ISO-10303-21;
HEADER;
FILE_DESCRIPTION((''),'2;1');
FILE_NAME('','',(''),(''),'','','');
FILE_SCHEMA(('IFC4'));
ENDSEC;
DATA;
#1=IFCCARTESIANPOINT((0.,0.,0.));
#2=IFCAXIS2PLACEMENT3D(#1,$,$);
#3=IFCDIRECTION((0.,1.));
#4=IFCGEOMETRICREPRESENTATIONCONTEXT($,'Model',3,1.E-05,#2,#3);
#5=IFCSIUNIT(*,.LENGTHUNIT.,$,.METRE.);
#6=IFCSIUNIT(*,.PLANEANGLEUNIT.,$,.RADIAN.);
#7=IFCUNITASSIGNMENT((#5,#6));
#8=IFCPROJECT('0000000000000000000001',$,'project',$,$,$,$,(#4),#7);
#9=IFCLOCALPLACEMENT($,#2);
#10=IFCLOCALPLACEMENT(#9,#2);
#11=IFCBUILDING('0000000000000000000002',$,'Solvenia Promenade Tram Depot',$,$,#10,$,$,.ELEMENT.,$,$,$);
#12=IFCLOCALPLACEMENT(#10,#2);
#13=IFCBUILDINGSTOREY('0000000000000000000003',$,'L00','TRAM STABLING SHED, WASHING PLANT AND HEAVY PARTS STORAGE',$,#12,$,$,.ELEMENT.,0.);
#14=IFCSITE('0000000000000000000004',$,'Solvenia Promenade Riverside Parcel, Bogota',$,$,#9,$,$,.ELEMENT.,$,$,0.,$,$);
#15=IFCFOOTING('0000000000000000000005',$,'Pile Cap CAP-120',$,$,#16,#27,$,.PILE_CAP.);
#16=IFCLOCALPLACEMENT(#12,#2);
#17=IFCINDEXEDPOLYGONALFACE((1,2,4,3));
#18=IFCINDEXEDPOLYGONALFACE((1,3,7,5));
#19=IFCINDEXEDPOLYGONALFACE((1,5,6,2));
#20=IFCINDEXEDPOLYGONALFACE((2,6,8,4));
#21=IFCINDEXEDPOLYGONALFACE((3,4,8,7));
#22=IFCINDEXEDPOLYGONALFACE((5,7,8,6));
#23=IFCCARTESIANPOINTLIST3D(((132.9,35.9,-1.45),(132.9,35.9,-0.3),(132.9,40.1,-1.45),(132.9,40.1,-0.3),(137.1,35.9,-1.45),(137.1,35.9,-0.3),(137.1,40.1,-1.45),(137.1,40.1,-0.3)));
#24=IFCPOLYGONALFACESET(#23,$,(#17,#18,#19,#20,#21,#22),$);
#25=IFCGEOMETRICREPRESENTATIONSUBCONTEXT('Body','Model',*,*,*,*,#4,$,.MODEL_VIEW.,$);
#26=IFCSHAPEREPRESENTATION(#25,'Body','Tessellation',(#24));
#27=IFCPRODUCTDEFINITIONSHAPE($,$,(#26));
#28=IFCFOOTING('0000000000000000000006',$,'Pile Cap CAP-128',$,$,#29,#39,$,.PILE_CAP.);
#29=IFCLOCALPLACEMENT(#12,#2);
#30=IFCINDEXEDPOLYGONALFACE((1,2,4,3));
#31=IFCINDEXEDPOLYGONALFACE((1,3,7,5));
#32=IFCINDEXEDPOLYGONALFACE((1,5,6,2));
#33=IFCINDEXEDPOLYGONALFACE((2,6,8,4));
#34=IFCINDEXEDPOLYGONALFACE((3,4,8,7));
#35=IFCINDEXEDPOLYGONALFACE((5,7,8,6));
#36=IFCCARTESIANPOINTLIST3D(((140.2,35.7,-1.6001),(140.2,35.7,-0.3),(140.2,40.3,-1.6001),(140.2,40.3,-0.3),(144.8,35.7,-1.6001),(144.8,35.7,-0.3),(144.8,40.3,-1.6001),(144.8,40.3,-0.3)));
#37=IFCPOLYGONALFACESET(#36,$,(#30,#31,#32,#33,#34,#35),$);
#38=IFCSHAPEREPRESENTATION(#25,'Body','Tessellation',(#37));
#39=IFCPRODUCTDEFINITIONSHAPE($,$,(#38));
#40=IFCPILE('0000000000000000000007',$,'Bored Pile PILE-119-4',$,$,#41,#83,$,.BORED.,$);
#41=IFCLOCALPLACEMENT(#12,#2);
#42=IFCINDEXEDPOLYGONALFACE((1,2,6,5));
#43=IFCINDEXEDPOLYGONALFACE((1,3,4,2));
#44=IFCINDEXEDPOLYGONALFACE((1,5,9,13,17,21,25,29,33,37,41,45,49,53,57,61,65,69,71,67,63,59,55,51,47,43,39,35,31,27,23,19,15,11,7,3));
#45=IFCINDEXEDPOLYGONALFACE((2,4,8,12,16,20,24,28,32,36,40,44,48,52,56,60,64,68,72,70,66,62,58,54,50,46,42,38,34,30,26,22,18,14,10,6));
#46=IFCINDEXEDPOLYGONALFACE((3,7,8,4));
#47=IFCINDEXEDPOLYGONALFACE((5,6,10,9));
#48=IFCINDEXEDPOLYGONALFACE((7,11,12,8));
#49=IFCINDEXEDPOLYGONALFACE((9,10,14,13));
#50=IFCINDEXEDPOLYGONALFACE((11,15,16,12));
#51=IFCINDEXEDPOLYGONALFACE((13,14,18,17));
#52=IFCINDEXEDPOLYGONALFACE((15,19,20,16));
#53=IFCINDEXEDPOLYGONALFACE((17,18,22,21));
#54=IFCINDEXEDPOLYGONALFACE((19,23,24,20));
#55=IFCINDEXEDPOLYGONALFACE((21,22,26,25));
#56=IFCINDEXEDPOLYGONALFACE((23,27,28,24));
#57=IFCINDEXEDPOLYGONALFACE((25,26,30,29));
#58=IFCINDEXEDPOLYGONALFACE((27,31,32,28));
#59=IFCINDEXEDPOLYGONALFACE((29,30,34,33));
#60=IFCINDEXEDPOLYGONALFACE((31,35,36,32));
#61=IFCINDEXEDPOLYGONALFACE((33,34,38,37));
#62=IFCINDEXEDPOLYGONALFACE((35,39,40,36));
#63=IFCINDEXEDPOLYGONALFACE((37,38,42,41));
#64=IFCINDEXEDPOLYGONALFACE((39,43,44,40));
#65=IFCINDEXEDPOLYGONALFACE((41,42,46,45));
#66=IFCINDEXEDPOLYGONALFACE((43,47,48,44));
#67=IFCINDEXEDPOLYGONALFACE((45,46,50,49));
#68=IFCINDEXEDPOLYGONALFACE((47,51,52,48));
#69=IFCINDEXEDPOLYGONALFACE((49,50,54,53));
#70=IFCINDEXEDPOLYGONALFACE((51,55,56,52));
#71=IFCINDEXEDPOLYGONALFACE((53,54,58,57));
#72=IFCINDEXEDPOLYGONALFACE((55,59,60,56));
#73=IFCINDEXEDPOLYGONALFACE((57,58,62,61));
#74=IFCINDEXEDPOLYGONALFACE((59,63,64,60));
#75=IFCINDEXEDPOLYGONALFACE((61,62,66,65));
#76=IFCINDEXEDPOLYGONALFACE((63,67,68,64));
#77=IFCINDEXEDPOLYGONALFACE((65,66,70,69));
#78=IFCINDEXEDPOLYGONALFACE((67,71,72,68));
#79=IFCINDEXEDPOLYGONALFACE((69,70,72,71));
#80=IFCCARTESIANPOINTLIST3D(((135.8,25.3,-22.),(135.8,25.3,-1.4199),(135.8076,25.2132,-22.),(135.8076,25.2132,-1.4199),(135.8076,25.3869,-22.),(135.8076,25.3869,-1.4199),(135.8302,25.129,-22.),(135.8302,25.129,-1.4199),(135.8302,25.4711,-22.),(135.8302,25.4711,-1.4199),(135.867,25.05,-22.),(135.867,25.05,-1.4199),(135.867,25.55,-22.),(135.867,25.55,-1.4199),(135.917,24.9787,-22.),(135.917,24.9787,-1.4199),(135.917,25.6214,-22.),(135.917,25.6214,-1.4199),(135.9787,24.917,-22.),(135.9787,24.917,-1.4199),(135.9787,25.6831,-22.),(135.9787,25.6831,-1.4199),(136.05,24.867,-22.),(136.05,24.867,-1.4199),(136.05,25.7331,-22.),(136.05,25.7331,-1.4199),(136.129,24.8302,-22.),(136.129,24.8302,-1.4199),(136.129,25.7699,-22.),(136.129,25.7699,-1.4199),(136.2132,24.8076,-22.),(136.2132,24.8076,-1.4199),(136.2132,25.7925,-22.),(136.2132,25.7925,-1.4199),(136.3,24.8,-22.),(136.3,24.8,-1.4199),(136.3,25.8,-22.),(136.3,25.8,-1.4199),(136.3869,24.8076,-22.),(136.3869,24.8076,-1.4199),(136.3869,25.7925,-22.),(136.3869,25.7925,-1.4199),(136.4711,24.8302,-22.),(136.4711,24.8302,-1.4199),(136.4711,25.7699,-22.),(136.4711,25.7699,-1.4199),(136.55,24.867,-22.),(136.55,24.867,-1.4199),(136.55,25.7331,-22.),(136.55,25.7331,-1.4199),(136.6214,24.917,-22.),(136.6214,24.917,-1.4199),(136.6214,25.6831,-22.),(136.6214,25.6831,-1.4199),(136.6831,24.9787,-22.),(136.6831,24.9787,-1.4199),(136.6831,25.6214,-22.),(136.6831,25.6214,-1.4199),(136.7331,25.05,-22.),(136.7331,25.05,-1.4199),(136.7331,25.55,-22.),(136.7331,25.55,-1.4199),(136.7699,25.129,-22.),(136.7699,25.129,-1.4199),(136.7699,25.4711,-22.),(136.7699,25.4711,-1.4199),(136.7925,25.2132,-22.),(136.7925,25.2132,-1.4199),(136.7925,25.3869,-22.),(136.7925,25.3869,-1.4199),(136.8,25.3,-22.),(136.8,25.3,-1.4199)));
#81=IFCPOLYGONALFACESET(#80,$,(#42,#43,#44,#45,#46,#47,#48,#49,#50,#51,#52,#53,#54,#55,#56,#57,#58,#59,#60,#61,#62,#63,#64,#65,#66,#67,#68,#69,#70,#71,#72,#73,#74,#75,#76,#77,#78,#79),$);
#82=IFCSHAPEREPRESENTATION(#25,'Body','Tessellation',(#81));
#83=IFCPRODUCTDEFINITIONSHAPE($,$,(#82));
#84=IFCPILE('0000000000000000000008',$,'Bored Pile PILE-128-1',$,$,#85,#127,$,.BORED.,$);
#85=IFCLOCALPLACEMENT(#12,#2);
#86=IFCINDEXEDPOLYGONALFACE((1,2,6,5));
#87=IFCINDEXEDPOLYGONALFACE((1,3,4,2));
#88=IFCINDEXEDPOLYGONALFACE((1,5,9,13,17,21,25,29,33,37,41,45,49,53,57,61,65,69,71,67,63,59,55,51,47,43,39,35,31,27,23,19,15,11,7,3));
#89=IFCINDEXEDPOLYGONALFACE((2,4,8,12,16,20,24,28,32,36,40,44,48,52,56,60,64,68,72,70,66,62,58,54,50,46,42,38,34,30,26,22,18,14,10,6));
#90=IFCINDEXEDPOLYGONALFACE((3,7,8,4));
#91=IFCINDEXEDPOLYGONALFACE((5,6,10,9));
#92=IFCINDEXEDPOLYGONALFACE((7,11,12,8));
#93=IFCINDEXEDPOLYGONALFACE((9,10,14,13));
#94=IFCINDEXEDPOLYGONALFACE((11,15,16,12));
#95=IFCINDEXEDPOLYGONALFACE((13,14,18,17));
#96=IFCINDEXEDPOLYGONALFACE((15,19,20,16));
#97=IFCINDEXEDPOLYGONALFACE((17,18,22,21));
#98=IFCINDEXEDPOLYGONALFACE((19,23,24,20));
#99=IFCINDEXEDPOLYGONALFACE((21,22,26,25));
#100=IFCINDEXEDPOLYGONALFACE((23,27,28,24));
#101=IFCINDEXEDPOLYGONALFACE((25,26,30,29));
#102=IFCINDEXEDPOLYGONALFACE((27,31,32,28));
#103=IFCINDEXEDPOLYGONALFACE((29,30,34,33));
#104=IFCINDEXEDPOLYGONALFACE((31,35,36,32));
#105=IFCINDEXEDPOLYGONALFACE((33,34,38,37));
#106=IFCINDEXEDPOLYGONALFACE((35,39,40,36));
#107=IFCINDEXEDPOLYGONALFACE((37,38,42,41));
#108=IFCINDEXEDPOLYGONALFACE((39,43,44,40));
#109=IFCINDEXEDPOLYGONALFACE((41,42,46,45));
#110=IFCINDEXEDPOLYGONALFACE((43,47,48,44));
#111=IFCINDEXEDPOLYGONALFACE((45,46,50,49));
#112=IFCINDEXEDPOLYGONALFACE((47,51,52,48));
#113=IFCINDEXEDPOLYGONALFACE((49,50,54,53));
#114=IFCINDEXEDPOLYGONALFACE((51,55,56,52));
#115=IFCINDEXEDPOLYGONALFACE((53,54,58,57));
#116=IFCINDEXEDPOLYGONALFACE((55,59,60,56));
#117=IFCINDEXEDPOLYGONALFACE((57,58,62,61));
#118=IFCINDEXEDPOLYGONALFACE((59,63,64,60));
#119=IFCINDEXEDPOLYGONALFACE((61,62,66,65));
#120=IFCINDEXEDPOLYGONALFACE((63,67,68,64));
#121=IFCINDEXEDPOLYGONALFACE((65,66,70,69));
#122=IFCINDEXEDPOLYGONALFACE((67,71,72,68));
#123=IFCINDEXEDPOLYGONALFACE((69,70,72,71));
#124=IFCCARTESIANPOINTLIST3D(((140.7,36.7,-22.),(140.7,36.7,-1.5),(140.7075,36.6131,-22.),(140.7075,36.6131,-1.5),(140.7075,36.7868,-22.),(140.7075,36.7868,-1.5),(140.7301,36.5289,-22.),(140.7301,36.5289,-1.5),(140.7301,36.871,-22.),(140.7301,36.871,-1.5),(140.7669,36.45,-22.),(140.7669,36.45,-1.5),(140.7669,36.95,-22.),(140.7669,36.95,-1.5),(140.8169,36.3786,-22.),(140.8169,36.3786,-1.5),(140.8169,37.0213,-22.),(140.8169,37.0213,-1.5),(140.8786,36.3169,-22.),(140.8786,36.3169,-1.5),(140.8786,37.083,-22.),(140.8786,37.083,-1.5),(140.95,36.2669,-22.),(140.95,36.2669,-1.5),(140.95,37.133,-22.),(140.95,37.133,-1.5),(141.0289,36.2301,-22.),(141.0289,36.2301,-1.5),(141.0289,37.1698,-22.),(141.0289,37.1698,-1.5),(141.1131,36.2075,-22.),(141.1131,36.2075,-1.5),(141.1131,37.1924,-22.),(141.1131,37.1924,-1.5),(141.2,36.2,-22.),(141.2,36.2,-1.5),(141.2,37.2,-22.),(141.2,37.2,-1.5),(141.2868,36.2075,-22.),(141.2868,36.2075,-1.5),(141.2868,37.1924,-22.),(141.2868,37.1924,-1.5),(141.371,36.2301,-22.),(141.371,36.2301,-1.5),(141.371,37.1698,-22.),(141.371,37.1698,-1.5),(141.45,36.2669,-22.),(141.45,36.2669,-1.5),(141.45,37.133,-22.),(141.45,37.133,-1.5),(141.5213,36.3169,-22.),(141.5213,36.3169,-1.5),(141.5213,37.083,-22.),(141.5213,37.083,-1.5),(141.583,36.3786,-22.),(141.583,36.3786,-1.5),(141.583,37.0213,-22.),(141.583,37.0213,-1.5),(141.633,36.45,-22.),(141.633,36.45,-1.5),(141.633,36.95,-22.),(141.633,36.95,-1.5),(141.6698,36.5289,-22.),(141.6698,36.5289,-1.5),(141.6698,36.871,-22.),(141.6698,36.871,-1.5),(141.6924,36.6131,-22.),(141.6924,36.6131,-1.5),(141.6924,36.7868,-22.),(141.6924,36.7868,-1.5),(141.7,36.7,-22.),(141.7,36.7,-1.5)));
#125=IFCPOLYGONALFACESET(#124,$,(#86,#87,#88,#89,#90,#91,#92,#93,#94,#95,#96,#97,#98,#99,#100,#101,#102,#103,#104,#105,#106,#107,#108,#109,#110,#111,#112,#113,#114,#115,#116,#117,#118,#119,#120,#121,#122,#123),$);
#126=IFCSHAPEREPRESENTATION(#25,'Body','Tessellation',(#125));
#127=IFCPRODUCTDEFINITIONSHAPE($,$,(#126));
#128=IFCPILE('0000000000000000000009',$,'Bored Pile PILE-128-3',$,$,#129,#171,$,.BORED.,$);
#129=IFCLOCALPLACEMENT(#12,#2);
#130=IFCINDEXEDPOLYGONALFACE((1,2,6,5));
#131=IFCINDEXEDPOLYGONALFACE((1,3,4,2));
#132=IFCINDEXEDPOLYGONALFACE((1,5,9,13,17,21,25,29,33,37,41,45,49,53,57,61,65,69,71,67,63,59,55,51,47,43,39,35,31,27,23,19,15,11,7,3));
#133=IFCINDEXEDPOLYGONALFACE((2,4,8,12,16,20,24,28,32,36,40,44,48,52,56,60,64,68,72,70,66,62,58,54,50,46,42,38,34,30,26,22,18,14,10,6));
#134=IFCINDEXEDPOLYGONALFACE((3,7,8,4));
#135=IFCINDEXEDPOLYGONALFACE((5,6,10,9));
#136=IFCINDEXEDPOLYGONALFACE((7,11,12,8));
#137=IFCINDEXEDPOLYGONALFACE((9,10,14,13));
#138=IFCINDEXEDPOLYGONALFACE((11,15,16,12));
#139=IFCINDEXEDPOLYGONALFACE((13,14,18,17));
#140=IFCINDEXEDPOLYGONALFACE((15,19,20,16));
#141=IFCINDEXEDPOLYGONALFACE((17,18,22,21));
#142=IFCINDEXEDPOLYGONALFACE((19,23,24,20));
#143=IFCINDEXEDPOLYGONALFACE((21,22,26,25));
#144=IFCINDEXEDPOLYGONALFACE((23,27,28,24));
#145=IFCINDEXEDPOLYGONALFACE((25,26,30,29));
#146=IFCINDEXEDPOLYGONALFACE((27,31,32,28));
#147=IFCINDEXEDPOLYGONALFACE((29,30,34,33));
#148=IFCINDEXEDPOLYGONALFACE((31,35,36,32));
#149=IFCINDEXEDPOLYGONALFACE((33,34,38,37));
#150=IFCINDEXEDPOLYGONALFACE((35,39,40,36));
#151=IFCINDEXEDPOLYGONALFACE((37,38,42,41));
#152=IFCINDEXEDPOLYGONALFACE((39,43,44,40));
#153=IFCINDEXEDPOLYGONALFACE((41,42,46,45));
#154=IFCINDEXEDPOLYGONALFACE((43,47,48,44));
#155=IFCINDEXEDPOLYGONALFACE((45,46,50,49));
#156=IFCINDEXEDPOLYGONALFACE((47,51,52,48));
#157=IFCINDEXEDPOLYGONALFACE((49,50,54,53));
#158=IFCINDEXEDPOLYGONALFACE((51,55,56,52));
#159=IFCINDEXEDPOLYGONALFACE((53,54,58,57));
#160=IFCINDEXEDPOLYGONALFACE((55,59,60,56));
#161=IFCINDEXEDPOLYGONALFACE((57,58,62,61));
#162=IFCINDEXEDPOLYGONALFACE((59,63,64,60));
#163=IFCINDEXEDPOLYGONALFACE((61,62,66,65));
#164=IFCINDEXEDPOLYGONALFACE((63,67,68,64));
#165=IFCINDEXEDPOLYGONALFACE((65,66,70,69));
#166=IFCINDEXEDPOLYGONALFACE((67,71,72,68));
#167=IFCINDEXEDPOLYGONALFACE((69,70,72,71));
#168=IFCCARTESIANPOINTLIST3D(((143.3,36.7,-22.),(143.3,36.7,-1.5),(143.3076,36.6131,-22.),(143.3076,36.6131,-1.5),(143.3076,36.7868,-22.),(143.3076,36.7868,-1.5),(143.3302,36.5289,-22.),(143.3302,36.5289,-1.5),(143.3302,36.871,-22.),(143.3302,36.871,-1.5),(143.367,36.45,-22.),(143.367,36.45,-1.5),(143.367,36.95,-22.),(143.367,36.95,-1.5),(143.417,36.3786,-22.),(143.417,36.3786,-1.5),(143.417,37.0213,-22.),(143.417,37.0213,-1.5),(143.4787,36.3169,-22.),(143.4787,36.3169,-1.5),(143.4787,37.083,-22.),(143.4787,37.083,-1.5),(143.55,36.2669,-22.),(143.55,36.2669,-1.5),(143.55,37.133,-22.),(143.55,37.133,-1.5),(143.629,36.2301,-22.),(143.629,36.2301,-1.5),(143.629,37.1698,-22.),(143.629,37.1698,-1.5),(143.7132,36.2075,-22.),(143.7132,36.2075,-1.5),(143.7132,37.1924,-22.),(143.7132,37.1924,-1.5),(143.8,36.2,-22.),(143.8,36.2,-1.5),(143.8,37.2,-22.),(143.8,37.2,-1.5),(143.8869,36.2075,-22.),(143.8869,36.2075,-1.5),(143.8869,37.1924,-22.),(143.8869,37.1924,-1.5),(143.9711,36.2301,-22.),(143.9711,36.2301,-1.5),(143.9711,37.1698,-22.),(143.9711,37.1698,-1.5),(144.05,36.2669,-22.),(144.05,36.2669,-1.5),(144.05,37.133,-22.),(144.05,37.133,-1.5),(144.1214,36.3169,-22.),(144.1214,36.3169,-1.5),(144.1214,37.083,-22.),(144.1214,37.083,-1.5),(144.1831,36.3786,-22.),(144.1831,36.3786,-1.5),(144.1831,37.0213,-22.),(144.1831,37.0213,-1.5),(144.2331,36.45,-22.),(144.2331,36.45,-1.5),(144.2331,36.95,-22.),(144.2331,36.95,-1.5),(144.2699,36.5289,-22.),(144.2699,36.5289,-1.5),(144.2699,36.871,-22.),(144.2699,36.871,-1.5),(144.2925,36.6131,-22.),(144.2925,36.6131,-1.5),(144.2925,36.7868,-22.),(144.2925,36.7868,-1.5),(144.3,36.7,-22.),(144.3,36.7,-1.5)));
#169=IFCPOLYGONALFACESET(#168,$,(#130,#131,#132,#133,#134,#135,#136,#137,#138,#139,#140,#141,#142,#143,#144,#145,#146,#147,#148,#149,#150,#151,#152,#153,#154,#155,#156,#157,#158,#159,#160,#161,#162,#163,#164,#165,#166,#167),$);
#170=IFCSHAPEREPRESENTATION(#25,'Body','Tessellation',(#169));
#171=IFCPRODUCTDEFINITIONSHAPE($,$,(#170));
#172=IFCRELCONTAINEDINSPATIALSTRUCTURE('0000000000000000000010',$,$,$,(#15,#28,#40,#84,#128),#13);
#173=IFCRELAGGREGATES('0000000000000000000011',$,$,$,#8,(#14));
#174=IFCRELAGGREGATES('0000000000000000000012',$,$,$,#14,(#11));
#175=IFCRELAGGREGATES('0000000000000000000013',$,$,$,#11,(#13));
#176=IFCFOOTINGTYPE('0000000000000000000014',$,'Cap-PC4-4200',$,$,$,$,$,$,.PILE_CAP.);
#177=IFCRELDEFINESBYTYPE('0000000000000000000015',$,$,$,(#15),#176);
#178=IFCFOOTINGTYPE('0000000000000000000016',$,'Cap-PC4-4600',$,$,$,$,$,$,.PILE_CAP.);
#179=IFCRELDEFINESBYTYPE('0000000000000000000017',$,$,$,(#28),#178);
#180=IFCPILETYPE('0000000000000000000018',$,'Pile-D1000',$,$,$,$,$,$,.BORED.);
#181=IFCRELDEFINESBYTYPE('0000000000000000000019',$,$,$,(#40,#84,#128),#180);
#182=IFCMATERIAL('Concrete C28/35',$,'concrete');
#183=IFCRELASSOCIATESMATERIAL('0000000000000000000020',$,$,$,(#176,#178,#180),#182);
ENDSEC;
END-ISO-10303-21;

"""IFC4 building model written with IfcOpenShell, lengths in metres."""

from ifc_helpers import new_model, si_unit, direction, frame, origin, origin_2d, place, context, subcontext, project, spatial, rectangle, circle, extrude, material, material_profile, profile_set, type_object, element, save


model = new_model("IFC4")

# Units and contexts
model_context = context("Model", 3, precision=1e-05, world=origin(), true_north=direction((0.0, 1.0)))
body_context = subcontext(model_context, "Body", "Model", "MODEL_VIEW")
ifc_project = project(units=[si_unit("LENGTHUNIT", "METRE"), si_unit("PLANEANGLEUNIT", "RADIAN")], contexts=[model_context])

# Site, building, storey
site_placement = place(None, origin())
site = spatial("IfcSite", under=ifc_project, at=site_placement, Name="Solvenia Promenade Riverside Parcel, Bogota", CompositionType="ELEMENT", RefElevation=0.0)
building_placement = place(site_placement, origin())
building = spatial("IfcBuilding", under=site, at=building_placement, Name="Solvenia Promenade Tram Depot", CompositionType="ELEMENT")
storey_placement = place(building_placement, origin())
storey = spatial("IfcBuildingStorey", under=building, at=storey_placement, Name="L00", Description="TRAM STABLING SHED, WASHING PLANT AND HEAVY PARTS STORAGE", CompositionType="ELEMENT", Elevation=0.0)

# Footings
ifc_material_1 = material(Name="Concrete C28/35", Category="concrete")
footing_type_1 = type_object("IfcFootingType", Name="Cap-PC4-4200", PredefinedType="PILE_CAP", material=ifc_material_1)
footing_1_placement = place(storey_placement, frame((135.0, 38.0, -1.45), z_axis=(0.0, 0.0, 1.0), x_axis=(1.0, 0.0, 0.0)))
element("IfcFooting", 1, at=footing_1_placement, inside=storey, type_object=footing_type_1, Name="Pile Cap CAP-120", PredefinedType="PILE_CAP", context=body_context, shape_type="SweptSolid", body=[
    extrude(rectangle(XDim=4.2, YDim=4.2, at=origin_2d()), origin(), (0.0, 0.0, 1.0), 1.1499),
])
footing_type_2 = type_object("IfcFootingType", Name="Cap-PC4-4600", PredefinedType="PILE_CAP", material=ifc_material_1)
footing_2_placement = place(storey_placement, frame((142.5, 38.0, -1.6001), z_axis=(0.0, 0.0, 1.0), x_axis=(1.0, 0.0, 0.0)))
element("IfcFooting", 2, at=footing_2_placement, inside=storey, type_object=footing_type_2, Name="Pile Cap CAP-128", PredefinedType="PILE_CAP", context=body_context, shape_type="SweptSolid", body=[
    extrude(rectangle(XDim=4.6001, YDim=4.6001, at=origin_2d()), origin(), (0.0, 0.0, 1.0), 1.3),
])

# Piles
ifc_material_profile_1 = material_profile(ifc_material_1, circle(Radius=0.5, at=origin_2d()), Name="D1000", Category="concrete")
ifc_profile_set_1 = profile_set([ifc_material_profile_1], Name="Concrete C28/35")
pile_type_1 = type_object("IfcPileType", Name="Pile-D1000", PredefinedType="BORED", material=ifc_profile_set_1)
pile_placement = place(storey_placement, frame((136.3, 25.3, -1.4199), z_axis=(0.0, 0.0, -1.0), x_axis=(1.0, 0.0, 0.0)))
element("IfcPile", 3, at=pile_placement, inside=storey, type_object=pile_type_1, Name="Bored Pile PILE-119-4", PredefinedType="BORED", context=body_context, shape_type="SweptSolid", body=[
    extrude(circle(Radius=0.5, at=origin_2d()), origin(), (0.0, 0.0, 1.0), 20.5801),
])
for number, where, z_axis, x_axis, name in (
    (4, (141.2, 36.7, -1.5), (0.0, 0.0, -1.0), (1.0, 0.0, 0.0), "Bored Pile PILE-128-1"),
    (5, (143.8, 36.7, -1.5), (0.0, 0.0, -1.0), (1.0, 0.0, 0.0), "Bored Pile PILE-128-3"),
):
    element("IfcPile", number, at=place(storey_placement, frame(where, z_axis=z_axis, x_axis=x_axis)), inside=storey, type_object=pile_type_1, Name=name, PredefinedType="BORED", context=body_context, shape_type="SweptSolid", body=[
        extrude(circle(Radius=0.5, at=origin_2d()), origin(), (0.0, 0.0, 1.0), 20.5),
    ])

save(model, "model.ifc")
